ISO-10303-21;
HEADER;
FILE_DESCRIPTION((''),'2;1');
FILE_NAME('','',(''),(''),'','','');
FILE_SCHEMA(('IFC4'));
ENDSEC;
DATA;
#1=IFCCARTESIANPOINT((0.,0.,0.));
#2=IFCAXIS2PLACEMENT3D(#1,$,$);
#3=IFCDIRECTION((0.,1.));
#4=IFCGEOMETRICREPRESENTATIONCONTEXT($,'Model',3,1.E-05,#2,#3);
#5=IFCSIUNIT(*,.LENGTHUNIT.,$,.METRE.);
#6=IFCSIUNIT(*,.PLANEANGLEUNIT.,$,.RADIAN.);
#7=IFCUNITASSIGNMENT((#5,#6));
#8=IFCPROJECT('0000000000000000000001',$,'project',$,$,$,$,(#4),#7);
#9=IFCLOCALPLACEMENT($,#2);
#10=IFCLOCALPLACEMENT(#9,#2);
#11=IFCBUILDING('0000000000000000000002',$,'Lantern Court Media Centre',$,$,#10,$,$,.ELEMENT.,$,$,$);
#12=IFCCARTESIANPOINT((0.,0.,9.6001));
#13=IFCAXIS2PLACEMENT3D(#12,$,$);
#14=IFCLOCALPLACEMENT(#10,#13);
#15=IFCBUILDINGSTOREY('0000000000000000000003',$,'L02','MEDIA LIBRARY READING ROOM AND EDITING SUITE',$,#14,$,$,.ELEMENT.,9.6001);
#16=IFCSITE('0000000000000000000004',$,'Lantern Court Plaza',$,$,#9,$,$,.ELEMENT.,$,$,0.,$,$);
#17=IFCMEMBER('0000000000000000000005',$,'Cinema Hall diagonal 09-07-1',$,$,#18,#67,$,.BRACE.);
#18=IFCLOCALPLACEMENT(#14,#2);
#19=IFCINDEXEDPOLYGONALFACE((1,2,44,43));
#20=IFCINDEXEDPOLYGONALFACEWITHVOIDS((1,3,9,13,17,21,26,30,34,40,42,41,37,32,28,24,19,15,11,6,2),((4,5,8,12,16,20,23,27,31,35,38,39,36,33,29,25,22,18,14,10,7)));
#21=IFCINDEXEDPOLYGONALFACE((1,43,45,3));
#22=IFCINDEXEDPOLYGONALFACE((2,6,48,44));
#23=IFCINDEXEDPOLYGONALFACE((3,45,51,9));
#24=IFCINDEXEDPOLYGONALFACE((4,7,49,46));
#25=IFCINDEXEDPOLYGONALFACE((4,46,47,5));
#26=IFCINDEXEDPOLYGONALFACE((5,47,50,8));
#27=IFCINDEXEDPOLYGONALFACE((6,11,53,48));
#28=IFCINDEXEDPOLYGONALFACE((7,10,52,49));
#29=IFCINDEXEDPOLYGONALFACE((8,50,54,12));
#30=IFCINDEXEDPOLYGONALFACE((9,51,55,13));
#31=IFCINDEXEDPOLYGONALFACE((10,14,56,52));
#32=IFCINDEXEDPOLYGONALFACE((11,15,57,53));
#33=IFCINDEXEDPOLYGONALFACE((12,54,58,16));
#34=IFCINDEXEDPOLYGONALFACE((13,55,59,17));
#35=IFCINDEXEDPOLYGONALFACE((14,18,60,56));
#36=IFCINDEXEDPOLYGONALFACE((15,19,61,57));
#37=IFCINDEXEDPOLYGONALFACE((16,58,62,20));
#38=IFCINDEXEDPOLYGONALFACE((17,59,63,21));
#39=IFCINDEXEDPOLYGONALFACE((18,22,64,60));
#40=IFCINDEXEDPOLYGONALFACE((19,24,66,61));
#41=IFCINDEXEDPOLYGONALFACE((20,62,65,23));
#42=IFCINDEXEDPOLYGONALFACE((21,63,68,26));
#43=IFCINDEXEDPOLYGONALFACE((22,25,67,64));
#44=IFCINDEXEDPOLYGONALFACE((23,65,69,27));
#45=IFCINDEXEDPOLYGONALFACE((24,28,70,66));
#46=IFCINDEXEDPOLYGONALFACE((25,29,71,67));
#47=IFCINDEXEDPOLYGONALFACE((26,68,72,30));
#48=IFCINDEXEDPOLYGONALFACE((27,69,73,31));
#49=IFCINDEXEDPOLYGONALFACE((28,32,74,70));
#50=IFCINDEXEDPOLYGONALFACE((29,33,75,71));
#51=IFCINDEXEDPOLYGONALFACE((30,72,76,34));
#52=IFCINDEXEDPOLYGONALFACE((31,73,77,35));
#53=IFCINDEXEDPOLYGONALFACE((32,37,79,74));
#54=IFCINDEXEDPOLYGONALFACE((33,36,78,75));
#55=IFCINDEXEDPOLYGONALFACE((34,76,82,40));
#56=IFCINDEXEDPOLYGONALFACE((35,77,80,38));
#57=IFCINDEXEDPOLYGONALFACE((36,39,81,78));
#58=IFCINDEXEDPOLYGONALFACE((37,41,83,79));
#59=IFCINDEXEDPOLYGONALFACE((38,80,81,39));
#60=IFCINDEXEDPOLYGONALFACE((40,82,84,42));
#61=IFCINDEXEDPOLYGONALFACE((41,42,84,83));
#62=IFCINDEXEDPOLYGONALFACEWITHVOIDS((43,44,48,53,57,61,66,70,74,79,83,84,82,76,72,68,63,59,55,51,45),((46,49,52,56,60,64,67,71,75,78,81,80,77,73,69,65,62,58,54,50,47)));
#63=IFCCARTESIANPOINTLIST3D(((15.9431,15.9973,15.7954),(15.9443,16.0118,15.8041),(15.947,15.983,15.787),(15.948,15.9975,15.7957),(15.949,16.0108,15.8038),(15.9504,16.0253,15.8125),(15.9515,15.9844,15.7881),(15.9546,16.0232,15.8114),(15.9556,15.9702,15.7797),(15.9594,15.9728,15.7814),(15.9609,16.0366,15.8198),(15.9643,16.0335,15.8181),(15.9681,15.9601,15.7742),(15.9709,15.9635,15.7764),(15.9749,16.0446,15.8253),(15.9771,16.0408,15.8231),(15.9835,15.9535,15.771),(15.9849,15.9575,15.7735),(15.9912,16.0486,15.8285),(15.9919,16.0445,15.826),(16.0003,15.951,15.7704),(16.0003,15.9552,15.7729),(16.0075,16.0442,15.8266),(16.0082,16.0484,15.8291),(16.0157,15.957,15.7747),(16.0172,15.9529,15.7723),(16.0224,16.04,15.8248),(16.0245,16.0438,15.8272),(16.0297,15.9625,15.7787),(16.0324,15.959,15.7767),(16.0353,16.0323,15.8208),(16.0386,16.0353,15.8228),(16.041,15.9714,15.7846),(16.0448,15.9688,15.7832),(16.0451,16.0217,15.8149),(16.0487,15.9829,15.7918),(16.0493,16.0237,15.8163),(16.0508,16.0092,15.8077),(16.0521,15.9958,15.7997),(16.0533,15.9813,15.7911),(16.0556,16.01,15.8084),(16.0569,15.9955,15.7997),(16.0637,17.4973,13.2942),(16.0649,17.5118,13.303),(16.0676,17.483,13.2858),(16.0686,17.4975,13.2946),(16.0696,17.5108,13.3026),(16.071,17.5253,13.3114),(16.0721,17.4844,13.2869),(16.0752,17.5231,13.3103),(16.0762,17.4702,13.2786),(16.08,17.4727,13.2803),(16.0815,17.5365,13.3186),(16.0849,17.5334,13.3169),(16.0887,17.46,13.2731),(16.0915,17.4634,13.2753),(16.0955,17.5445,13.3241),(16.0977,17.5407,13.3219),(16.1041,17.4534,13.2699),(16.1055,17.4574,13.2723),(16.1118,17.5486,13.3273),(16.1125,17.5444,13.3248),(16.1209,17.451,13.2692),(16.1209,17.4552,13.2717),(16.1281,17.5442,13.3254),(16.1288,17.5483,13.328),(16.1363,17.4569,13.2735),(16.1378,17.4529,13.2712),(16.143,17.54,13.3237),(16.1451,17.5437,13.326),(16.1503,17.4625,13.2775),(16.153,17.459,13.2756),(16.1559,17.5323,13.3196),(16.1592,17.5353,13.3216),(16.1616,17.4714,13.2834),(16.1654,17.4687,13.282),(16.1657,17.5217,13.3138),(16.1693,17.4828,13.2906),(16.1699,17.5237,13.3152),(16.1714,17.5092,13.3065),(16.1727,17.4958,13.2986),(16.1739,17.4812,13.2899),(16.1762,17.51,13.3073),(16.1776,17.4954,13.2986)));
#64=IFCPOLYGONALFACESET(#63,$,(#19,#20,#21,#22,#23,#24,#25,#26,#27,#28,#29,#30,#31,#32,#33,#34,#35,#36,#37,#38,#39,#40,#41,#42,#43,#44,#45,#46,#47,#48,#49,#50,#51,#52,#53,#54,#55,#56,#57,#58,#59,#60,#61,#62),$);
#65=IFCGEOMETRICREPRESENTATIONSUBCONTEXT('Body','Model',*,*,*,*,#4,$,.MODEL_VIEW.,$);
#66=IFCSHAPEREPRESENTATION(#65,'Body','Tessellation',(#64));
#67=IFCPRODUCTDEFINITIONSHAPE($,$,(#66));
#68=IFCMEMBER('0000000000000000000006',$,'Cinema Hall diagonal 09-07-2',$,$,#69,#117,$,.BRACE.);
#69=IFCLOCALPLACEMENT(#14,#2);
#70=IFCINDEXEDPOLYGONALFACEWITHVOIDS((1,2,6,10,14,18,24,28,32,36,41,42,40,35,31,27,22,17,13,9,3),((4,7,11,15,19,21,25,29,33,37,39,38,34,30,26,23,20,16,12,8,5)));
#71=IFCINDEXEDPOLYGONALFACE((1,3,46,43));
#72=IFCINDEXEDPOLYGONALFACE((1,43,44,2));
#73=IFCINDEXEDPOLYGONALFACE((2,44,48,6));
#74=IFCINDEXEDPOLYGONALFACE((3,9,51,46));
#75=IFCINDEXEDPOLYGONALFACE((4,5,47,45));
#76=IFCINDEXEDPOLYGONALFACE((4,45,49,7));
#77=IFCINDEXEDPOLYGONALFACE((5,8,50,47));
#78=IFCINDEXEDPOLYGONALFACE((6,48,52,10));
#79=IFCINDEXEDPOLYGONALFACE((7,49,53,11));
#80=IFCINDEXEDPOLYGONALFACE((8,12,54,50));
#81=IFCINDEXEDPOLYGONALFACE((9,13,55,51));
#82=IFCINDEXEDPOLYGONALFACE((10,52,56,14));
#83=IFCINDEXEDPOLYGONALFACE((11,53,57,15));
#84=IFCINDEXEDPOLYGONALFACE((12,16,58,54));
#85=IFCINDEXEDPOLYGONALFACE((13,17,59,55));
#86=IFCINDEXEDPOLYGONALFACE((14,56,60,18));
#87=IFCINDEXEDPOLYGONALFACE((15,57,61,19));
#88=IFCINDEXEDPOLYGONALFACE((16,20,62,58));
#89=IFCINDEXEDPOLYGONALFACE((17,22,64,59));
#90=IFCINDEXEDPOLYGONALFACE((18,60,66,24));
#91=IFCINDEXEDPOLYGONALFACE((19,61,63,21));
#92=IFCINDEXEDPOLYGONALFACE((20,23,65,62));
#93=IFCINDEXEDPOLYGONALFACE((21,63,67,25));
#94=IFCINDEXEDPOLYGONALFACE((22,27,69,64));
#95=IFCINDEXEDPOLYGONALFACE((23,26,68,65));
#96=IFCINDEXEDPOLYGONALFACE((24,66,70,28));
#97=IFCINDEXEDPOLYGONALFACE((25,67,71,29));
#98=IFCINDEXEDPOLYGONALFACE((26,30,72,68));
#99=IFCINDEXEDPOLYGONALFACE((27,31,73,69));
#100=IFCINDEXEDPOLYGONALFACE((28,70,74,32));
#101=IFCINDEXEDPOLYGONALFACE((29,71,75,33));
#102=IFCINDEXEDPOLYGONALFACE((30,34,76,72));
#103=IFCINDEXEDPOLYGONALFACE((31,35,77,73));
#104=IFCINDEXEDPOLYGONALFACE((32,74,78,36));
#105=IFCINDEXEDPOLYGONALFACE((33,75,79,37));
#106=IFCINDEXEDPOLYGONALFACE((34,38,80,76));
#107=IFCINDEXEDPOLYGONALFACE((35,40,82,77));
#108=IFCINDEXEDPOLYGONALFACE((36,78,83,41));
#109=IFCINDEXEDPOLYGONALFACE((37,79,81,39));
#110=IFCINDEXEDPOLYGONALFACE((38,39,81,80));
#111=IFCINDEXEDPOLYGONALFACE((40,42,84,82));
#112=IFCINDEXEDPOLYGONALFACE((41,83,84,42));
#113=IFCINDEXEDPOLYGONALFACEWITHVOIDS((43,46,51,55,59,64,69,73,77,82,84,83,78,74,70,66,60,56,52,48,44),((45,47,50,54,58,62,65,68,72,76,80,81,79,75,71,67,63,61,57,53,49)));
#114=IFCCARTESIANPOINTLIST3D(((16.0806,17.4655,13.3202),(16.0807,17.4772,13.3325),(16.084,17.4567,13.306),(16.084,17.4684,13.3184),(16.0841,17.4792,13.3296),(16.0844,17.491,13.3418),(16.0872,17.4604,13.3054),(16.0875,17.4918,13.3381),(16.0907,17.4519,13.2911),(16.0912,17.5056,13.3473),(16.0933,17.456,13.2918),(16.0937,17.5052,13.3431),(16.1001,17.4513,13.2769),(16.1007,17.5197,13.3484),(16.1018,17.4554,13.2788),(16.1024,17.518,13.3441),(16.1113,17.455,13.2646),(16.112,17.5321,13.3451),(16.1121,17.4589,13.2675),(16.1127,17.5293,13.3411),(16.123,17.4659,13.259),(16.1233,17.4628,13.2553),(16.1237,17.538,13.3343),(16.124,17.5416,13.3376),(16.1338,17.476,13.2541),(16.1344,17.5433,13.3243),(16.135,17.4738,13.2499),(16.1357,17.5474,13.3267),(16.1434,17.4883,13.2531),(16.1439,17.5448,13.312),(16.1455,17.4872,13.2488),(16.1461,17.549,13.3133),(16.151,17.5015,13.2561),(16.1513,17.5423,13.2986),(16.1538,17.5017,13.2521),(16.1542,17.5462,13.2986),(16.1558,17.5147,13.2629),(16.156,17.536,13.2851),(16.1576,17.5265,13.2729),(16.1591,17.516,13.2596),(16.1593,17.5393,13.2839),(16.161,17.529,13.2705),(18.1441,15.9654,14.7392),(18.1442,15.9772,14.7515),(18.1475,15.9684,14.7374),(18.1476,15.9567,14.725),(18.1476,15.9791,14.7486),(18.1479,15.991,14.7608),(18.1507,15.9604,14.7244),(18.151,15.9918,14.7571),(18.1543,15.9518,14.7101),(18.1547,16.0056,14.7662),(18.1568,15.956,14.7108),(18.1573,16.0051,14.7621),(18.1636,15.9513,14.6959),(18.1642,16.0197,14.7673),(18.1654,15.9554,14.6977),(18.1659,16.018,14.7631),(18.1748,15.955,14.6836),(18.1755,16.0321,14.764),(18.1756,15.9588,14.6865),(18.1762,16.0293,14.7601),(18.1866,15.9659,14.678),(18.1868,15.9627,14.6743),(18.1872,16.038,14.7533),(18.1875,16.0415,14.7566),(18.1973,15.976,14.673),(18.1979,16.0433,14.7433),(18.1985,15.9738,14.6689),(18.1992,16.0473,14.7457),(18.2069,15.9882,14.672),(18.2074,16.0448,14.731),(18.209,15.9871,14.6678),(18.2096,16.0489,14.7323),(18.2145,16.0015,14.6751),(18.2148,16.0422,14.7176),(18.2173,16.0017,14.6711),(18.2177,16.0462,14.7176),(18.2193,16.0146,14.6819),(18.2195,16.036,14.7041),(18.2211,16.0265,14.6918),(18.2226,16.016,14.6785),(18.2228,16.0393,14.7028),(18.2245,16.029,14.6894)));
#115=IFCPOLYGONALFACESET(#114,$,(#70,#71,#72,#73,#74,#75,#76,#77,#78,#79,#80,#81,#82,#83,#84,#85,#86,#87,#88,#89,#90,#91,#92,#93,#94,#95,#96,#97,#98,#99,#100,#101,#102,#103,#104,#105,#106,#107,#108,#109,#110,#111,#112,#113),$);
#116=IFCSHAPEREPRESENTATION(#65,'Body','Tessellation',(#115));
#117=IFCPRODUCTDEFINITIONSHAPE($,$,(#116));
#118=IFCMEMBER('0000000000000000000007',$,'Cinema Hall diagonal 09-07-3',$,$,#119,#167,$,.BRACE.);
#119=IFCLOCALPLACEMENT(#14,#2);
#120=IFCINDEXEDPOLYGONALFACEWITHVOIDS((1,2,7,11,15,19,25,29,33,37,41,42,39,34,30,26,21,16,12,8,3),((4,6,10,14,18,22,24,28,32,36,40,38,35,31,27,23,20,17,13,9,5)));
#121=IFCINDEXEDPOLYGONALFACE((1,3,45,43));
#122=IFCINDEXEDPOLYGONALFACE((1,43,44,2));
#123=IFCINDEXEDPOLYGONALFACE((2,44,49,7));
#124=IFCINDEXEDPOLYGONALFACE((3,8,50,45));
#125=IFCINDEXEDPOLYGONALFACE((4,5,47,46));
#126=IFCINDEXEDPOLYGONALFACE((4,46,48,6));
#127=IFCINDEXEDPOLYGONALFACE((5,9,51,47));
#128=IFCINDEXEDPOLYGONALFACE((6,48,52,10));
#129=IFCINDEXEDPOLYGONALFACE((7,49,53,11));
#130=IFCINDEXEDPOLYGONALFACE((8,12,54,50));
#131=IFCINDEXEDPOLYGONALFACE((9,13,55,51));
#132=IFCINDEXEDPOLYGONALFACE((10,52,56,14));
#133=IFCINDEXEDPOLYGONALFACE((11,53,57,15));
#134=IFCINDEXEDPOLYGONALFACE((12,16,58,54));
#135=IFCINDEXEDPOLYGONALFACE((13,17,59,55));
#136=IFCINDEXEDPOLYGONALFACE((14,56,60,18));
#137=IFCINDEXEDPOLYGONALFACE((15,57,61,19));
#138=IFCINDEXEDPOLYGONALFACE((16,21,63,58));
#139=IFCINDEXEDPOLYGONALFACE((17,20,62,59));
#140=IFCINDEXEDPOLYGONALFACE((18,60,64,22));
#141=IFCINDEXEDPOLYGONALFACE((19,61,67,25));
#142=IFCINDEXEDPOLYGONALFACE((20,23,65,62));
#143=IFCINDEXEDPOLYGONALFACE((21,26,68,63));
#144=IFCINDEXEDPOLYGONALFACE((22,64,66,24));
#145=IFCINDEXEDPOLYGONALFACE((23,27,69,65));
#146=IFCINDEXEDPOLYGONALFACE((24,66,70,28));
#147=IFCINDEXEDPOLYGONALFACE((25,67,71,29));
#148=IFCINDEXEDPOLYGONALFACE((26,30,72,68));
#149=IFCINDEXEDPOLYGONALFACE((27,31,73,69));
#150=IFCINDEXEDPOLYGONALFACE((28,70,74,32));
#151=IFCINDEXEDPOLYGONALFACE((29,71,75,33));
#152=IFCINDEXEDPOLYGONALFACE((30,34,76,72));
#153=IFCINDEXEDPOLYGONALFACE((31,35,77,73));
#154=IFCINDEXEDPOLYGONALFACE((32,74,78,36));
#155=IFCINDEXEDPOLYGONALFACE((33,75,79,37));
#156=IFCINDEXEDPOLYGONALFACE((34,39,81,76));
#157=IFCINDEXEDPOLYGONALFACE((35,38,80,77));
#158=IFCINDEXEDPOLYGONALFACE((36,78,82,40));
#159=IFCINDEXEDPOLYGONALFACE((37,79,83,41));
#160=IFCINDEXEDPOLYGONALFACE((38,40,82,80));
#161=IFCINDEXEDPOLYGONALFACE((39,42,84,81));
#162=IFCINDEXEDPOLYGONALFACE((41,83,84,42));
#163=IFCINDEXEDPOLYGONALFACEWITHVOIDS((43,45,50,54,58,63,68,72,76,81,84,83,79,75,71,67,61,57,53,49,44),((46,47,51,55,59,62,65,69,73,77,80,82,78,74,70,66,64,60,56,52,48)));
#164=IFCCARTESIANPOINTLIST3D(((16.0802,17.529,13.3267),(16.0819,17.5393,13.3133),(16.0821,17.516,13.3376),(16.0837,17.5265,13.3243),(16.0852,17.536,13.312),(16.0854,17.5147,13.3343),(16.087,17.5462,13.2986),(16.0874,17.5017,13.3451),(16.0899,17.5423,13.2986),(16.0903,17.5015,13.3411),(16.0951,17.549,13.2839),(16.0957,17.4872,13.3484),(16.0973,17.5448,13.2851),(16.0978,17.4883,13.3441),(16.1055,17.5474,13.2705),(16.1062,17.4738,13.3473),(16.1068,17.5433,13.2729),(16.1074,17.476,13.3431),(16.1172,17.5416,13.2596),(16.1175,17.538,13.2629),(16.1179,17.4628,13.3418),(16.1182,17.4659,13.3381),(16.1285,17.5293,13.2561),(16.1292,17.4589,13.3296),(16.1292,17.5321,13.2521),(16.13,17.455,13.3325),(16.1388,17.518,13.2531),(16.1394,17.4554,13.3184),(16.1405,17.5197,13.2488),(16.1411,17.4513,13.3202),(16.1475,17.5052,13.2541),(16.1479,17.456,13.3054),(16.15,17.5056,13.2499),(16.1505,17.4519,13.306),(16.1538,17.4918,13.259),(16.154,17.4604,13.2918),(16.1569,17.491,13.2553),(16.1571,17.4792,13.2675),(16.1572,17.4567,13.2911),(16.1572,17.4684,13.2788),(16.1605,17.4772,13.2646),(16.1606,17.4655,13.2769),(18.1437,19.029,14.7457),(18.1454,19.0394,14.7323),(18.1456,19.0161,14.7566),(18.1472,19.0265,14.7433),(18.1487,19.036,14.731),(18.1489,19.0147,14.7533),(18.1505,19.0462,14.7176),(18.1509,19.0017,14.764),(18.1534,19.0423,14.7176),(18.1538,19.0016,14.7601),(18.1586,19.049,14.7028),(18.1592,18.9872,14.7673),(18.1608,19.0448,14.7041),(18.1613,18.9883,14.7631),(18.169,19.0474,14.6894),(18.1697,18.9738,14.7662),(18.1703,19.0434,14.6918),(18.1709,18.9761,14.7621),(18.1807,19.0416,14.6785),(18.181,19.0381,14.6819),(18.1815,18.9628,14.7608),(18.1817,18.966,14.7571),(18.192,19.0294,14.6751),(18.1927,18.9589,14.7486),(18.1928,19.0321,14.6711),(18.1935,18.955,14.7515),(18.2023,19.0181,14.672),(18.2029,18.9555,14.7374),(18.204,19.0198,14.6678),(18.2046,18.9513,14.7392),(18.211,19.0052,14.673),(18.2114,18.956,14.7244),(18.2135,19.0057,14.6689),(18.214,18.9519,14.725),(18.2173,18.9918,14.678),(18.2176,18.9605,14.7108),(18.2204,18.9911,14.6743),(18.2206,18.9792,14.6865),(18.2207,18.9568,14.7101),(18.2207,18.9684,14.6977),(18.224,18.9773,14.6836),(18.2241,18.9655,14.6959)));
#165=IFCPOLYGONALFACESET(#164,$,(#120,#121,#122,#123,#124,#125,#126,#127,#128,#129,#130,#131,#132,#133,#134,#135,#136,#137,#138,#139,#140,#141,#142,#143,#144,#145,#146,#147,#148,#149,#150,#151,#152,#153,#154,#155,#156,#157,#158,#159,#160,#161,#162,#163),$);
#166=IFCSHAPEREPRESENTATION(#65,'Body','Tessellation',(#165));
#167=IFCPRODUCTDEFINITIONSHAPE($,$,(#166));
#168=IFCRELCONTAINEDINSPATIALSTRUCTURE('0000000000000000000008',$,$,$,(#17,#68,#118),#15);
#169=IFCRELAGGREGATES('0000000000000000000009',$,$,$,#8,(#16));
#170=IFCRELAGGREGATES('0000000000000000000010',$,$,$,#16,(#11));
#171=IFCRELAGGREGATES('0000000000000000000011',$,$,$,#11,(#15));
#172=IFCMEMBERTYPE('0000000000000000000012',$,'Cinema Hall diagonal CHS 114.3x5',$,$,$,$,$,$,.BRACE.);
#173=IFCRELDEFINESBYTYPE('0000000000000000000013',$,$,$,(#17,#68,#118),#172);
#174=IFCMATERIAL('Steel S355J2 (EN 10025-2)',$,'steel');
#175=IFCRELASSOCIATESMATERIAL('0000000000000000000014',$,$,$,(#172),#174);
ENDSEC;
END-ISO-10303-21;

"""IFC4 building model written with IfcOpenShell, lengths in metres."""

from ifc_helpers import new_model, si_unit, direction, frame, origin, origin_2d, place, context, subcontext, project, spatial, hollow_circle, extrude, material, material_profile, profile_set, type_object, element, save


model = new_model("IFC4")

# Units and contexts
model_context = context("Model", 3, precision=1e-05, world=origin(), true_north=direction((0.0, 1.0)))
body_context = subcontext(model_context, "Body", "Model", "MODEL_VIEW")
ifc_project = project(units=[si_unit("LENGTHUNIT", "METRE"), si_unit("PLANEANGLEUNIT", "RADIAN")], contexts=[model_context])

# Site, building, storey
site_placement = place(None, origin())
site = spatial("IfcSite", under=ifc_project, at=site_placement, Name="Lantern Court Plaza", CompositionType="ELEMENT", RefElevation=0.0)
building_placement = place(site_placement, origin())
building = spatial("IfcBuilding", under=site, at=building_placement, Name="Lantern Court Media Centre", CompositionType="ELEMENT")
storey_placement = place(building_placement, frame((0.0, 0.0, 9.6001)))
storey = spatial("IfcBuildingStorey", under=building, at=storey_placement, Name="L02", Description="MEDIA LIBRARY READING ROOM AND EDITING SUITE", CompositionType="ELEMENT", Elevation=9.6001)

# Members
ifc_material = material(Name="Steel S355J2 (EN 10025-2)", Category="steel")
ifc_material_profile_1 = material_profile(ifc_material, hollow_circle(Radius=0.0571, WallThickness=0.0049, at=origin_2d()), Name="Cinema Hall diagonal CHS 114.3x5")
ifc_profile_set_1 = profile_set([ifc_material_profile_1], Name="Steel S355J2 (EN 10025-2)")
member_type_1 = type_object("IfcMemberType", Name="Cinema Hall diagonal CHS 114.3x5", PredefinedType="BRACE", material=ifc_profile_set_1)
for number, where, z_axis, x_axis, name in (
    (1, (16.1206, 17.5, 13.2986), (-0.041317, -0.513872, 0.856871), (0.996783, -0.080145, 0.0), "Cinema Hall diagonal 09-07-1"),
):
    element("IfcMember", number, at=place(storey_placement, frame(where, z_axis=z_axis, x_axis=x_axis)), inside=storey, type_object=member_type_1, Name=name, PredefinedType="BRACE", context=body_context, shape_type="SweptSolid", body=[
        extrude(hollow_circle(Radius=0.0571, WallThickness=0.0049, at=origin_2d()), origin(), (0.0, 0.0, 1.0), 2.9189),
    ])
for number, where, z_axis, x_axis, name in (
    (2, (16.1206, 17.5, 13.2986), (0.70688, -0.513851, 0.486084), (0.58799, 0.808868, 0.0), "Cinema Hall diagonal 09-07-2"),
    (3, (16.1206, 17.5, 13.2986), (0.70688, 0.513851, 0.486084), (-0.58799, 0.808868, 0.0), "Cinema Hall diagonal 09-07-3"),
):
    element("IfcMember", number, at=place(storey_placement, frame(where, z_axis=z_axis, x_axis=x_axis)), inside=storey, type_object=member_type_1, Name=name, PredefinedType="BRACE", context=body_context, shape_type="SweptSolid", body=[
        extrude(hollow_circle(Radius=0.0571, WallThickness=0.0049, at=origin_2d()), origin(), (0.0, 0.0, 1.0), 2.9192),
    ])

save(model, "model.ifc")
